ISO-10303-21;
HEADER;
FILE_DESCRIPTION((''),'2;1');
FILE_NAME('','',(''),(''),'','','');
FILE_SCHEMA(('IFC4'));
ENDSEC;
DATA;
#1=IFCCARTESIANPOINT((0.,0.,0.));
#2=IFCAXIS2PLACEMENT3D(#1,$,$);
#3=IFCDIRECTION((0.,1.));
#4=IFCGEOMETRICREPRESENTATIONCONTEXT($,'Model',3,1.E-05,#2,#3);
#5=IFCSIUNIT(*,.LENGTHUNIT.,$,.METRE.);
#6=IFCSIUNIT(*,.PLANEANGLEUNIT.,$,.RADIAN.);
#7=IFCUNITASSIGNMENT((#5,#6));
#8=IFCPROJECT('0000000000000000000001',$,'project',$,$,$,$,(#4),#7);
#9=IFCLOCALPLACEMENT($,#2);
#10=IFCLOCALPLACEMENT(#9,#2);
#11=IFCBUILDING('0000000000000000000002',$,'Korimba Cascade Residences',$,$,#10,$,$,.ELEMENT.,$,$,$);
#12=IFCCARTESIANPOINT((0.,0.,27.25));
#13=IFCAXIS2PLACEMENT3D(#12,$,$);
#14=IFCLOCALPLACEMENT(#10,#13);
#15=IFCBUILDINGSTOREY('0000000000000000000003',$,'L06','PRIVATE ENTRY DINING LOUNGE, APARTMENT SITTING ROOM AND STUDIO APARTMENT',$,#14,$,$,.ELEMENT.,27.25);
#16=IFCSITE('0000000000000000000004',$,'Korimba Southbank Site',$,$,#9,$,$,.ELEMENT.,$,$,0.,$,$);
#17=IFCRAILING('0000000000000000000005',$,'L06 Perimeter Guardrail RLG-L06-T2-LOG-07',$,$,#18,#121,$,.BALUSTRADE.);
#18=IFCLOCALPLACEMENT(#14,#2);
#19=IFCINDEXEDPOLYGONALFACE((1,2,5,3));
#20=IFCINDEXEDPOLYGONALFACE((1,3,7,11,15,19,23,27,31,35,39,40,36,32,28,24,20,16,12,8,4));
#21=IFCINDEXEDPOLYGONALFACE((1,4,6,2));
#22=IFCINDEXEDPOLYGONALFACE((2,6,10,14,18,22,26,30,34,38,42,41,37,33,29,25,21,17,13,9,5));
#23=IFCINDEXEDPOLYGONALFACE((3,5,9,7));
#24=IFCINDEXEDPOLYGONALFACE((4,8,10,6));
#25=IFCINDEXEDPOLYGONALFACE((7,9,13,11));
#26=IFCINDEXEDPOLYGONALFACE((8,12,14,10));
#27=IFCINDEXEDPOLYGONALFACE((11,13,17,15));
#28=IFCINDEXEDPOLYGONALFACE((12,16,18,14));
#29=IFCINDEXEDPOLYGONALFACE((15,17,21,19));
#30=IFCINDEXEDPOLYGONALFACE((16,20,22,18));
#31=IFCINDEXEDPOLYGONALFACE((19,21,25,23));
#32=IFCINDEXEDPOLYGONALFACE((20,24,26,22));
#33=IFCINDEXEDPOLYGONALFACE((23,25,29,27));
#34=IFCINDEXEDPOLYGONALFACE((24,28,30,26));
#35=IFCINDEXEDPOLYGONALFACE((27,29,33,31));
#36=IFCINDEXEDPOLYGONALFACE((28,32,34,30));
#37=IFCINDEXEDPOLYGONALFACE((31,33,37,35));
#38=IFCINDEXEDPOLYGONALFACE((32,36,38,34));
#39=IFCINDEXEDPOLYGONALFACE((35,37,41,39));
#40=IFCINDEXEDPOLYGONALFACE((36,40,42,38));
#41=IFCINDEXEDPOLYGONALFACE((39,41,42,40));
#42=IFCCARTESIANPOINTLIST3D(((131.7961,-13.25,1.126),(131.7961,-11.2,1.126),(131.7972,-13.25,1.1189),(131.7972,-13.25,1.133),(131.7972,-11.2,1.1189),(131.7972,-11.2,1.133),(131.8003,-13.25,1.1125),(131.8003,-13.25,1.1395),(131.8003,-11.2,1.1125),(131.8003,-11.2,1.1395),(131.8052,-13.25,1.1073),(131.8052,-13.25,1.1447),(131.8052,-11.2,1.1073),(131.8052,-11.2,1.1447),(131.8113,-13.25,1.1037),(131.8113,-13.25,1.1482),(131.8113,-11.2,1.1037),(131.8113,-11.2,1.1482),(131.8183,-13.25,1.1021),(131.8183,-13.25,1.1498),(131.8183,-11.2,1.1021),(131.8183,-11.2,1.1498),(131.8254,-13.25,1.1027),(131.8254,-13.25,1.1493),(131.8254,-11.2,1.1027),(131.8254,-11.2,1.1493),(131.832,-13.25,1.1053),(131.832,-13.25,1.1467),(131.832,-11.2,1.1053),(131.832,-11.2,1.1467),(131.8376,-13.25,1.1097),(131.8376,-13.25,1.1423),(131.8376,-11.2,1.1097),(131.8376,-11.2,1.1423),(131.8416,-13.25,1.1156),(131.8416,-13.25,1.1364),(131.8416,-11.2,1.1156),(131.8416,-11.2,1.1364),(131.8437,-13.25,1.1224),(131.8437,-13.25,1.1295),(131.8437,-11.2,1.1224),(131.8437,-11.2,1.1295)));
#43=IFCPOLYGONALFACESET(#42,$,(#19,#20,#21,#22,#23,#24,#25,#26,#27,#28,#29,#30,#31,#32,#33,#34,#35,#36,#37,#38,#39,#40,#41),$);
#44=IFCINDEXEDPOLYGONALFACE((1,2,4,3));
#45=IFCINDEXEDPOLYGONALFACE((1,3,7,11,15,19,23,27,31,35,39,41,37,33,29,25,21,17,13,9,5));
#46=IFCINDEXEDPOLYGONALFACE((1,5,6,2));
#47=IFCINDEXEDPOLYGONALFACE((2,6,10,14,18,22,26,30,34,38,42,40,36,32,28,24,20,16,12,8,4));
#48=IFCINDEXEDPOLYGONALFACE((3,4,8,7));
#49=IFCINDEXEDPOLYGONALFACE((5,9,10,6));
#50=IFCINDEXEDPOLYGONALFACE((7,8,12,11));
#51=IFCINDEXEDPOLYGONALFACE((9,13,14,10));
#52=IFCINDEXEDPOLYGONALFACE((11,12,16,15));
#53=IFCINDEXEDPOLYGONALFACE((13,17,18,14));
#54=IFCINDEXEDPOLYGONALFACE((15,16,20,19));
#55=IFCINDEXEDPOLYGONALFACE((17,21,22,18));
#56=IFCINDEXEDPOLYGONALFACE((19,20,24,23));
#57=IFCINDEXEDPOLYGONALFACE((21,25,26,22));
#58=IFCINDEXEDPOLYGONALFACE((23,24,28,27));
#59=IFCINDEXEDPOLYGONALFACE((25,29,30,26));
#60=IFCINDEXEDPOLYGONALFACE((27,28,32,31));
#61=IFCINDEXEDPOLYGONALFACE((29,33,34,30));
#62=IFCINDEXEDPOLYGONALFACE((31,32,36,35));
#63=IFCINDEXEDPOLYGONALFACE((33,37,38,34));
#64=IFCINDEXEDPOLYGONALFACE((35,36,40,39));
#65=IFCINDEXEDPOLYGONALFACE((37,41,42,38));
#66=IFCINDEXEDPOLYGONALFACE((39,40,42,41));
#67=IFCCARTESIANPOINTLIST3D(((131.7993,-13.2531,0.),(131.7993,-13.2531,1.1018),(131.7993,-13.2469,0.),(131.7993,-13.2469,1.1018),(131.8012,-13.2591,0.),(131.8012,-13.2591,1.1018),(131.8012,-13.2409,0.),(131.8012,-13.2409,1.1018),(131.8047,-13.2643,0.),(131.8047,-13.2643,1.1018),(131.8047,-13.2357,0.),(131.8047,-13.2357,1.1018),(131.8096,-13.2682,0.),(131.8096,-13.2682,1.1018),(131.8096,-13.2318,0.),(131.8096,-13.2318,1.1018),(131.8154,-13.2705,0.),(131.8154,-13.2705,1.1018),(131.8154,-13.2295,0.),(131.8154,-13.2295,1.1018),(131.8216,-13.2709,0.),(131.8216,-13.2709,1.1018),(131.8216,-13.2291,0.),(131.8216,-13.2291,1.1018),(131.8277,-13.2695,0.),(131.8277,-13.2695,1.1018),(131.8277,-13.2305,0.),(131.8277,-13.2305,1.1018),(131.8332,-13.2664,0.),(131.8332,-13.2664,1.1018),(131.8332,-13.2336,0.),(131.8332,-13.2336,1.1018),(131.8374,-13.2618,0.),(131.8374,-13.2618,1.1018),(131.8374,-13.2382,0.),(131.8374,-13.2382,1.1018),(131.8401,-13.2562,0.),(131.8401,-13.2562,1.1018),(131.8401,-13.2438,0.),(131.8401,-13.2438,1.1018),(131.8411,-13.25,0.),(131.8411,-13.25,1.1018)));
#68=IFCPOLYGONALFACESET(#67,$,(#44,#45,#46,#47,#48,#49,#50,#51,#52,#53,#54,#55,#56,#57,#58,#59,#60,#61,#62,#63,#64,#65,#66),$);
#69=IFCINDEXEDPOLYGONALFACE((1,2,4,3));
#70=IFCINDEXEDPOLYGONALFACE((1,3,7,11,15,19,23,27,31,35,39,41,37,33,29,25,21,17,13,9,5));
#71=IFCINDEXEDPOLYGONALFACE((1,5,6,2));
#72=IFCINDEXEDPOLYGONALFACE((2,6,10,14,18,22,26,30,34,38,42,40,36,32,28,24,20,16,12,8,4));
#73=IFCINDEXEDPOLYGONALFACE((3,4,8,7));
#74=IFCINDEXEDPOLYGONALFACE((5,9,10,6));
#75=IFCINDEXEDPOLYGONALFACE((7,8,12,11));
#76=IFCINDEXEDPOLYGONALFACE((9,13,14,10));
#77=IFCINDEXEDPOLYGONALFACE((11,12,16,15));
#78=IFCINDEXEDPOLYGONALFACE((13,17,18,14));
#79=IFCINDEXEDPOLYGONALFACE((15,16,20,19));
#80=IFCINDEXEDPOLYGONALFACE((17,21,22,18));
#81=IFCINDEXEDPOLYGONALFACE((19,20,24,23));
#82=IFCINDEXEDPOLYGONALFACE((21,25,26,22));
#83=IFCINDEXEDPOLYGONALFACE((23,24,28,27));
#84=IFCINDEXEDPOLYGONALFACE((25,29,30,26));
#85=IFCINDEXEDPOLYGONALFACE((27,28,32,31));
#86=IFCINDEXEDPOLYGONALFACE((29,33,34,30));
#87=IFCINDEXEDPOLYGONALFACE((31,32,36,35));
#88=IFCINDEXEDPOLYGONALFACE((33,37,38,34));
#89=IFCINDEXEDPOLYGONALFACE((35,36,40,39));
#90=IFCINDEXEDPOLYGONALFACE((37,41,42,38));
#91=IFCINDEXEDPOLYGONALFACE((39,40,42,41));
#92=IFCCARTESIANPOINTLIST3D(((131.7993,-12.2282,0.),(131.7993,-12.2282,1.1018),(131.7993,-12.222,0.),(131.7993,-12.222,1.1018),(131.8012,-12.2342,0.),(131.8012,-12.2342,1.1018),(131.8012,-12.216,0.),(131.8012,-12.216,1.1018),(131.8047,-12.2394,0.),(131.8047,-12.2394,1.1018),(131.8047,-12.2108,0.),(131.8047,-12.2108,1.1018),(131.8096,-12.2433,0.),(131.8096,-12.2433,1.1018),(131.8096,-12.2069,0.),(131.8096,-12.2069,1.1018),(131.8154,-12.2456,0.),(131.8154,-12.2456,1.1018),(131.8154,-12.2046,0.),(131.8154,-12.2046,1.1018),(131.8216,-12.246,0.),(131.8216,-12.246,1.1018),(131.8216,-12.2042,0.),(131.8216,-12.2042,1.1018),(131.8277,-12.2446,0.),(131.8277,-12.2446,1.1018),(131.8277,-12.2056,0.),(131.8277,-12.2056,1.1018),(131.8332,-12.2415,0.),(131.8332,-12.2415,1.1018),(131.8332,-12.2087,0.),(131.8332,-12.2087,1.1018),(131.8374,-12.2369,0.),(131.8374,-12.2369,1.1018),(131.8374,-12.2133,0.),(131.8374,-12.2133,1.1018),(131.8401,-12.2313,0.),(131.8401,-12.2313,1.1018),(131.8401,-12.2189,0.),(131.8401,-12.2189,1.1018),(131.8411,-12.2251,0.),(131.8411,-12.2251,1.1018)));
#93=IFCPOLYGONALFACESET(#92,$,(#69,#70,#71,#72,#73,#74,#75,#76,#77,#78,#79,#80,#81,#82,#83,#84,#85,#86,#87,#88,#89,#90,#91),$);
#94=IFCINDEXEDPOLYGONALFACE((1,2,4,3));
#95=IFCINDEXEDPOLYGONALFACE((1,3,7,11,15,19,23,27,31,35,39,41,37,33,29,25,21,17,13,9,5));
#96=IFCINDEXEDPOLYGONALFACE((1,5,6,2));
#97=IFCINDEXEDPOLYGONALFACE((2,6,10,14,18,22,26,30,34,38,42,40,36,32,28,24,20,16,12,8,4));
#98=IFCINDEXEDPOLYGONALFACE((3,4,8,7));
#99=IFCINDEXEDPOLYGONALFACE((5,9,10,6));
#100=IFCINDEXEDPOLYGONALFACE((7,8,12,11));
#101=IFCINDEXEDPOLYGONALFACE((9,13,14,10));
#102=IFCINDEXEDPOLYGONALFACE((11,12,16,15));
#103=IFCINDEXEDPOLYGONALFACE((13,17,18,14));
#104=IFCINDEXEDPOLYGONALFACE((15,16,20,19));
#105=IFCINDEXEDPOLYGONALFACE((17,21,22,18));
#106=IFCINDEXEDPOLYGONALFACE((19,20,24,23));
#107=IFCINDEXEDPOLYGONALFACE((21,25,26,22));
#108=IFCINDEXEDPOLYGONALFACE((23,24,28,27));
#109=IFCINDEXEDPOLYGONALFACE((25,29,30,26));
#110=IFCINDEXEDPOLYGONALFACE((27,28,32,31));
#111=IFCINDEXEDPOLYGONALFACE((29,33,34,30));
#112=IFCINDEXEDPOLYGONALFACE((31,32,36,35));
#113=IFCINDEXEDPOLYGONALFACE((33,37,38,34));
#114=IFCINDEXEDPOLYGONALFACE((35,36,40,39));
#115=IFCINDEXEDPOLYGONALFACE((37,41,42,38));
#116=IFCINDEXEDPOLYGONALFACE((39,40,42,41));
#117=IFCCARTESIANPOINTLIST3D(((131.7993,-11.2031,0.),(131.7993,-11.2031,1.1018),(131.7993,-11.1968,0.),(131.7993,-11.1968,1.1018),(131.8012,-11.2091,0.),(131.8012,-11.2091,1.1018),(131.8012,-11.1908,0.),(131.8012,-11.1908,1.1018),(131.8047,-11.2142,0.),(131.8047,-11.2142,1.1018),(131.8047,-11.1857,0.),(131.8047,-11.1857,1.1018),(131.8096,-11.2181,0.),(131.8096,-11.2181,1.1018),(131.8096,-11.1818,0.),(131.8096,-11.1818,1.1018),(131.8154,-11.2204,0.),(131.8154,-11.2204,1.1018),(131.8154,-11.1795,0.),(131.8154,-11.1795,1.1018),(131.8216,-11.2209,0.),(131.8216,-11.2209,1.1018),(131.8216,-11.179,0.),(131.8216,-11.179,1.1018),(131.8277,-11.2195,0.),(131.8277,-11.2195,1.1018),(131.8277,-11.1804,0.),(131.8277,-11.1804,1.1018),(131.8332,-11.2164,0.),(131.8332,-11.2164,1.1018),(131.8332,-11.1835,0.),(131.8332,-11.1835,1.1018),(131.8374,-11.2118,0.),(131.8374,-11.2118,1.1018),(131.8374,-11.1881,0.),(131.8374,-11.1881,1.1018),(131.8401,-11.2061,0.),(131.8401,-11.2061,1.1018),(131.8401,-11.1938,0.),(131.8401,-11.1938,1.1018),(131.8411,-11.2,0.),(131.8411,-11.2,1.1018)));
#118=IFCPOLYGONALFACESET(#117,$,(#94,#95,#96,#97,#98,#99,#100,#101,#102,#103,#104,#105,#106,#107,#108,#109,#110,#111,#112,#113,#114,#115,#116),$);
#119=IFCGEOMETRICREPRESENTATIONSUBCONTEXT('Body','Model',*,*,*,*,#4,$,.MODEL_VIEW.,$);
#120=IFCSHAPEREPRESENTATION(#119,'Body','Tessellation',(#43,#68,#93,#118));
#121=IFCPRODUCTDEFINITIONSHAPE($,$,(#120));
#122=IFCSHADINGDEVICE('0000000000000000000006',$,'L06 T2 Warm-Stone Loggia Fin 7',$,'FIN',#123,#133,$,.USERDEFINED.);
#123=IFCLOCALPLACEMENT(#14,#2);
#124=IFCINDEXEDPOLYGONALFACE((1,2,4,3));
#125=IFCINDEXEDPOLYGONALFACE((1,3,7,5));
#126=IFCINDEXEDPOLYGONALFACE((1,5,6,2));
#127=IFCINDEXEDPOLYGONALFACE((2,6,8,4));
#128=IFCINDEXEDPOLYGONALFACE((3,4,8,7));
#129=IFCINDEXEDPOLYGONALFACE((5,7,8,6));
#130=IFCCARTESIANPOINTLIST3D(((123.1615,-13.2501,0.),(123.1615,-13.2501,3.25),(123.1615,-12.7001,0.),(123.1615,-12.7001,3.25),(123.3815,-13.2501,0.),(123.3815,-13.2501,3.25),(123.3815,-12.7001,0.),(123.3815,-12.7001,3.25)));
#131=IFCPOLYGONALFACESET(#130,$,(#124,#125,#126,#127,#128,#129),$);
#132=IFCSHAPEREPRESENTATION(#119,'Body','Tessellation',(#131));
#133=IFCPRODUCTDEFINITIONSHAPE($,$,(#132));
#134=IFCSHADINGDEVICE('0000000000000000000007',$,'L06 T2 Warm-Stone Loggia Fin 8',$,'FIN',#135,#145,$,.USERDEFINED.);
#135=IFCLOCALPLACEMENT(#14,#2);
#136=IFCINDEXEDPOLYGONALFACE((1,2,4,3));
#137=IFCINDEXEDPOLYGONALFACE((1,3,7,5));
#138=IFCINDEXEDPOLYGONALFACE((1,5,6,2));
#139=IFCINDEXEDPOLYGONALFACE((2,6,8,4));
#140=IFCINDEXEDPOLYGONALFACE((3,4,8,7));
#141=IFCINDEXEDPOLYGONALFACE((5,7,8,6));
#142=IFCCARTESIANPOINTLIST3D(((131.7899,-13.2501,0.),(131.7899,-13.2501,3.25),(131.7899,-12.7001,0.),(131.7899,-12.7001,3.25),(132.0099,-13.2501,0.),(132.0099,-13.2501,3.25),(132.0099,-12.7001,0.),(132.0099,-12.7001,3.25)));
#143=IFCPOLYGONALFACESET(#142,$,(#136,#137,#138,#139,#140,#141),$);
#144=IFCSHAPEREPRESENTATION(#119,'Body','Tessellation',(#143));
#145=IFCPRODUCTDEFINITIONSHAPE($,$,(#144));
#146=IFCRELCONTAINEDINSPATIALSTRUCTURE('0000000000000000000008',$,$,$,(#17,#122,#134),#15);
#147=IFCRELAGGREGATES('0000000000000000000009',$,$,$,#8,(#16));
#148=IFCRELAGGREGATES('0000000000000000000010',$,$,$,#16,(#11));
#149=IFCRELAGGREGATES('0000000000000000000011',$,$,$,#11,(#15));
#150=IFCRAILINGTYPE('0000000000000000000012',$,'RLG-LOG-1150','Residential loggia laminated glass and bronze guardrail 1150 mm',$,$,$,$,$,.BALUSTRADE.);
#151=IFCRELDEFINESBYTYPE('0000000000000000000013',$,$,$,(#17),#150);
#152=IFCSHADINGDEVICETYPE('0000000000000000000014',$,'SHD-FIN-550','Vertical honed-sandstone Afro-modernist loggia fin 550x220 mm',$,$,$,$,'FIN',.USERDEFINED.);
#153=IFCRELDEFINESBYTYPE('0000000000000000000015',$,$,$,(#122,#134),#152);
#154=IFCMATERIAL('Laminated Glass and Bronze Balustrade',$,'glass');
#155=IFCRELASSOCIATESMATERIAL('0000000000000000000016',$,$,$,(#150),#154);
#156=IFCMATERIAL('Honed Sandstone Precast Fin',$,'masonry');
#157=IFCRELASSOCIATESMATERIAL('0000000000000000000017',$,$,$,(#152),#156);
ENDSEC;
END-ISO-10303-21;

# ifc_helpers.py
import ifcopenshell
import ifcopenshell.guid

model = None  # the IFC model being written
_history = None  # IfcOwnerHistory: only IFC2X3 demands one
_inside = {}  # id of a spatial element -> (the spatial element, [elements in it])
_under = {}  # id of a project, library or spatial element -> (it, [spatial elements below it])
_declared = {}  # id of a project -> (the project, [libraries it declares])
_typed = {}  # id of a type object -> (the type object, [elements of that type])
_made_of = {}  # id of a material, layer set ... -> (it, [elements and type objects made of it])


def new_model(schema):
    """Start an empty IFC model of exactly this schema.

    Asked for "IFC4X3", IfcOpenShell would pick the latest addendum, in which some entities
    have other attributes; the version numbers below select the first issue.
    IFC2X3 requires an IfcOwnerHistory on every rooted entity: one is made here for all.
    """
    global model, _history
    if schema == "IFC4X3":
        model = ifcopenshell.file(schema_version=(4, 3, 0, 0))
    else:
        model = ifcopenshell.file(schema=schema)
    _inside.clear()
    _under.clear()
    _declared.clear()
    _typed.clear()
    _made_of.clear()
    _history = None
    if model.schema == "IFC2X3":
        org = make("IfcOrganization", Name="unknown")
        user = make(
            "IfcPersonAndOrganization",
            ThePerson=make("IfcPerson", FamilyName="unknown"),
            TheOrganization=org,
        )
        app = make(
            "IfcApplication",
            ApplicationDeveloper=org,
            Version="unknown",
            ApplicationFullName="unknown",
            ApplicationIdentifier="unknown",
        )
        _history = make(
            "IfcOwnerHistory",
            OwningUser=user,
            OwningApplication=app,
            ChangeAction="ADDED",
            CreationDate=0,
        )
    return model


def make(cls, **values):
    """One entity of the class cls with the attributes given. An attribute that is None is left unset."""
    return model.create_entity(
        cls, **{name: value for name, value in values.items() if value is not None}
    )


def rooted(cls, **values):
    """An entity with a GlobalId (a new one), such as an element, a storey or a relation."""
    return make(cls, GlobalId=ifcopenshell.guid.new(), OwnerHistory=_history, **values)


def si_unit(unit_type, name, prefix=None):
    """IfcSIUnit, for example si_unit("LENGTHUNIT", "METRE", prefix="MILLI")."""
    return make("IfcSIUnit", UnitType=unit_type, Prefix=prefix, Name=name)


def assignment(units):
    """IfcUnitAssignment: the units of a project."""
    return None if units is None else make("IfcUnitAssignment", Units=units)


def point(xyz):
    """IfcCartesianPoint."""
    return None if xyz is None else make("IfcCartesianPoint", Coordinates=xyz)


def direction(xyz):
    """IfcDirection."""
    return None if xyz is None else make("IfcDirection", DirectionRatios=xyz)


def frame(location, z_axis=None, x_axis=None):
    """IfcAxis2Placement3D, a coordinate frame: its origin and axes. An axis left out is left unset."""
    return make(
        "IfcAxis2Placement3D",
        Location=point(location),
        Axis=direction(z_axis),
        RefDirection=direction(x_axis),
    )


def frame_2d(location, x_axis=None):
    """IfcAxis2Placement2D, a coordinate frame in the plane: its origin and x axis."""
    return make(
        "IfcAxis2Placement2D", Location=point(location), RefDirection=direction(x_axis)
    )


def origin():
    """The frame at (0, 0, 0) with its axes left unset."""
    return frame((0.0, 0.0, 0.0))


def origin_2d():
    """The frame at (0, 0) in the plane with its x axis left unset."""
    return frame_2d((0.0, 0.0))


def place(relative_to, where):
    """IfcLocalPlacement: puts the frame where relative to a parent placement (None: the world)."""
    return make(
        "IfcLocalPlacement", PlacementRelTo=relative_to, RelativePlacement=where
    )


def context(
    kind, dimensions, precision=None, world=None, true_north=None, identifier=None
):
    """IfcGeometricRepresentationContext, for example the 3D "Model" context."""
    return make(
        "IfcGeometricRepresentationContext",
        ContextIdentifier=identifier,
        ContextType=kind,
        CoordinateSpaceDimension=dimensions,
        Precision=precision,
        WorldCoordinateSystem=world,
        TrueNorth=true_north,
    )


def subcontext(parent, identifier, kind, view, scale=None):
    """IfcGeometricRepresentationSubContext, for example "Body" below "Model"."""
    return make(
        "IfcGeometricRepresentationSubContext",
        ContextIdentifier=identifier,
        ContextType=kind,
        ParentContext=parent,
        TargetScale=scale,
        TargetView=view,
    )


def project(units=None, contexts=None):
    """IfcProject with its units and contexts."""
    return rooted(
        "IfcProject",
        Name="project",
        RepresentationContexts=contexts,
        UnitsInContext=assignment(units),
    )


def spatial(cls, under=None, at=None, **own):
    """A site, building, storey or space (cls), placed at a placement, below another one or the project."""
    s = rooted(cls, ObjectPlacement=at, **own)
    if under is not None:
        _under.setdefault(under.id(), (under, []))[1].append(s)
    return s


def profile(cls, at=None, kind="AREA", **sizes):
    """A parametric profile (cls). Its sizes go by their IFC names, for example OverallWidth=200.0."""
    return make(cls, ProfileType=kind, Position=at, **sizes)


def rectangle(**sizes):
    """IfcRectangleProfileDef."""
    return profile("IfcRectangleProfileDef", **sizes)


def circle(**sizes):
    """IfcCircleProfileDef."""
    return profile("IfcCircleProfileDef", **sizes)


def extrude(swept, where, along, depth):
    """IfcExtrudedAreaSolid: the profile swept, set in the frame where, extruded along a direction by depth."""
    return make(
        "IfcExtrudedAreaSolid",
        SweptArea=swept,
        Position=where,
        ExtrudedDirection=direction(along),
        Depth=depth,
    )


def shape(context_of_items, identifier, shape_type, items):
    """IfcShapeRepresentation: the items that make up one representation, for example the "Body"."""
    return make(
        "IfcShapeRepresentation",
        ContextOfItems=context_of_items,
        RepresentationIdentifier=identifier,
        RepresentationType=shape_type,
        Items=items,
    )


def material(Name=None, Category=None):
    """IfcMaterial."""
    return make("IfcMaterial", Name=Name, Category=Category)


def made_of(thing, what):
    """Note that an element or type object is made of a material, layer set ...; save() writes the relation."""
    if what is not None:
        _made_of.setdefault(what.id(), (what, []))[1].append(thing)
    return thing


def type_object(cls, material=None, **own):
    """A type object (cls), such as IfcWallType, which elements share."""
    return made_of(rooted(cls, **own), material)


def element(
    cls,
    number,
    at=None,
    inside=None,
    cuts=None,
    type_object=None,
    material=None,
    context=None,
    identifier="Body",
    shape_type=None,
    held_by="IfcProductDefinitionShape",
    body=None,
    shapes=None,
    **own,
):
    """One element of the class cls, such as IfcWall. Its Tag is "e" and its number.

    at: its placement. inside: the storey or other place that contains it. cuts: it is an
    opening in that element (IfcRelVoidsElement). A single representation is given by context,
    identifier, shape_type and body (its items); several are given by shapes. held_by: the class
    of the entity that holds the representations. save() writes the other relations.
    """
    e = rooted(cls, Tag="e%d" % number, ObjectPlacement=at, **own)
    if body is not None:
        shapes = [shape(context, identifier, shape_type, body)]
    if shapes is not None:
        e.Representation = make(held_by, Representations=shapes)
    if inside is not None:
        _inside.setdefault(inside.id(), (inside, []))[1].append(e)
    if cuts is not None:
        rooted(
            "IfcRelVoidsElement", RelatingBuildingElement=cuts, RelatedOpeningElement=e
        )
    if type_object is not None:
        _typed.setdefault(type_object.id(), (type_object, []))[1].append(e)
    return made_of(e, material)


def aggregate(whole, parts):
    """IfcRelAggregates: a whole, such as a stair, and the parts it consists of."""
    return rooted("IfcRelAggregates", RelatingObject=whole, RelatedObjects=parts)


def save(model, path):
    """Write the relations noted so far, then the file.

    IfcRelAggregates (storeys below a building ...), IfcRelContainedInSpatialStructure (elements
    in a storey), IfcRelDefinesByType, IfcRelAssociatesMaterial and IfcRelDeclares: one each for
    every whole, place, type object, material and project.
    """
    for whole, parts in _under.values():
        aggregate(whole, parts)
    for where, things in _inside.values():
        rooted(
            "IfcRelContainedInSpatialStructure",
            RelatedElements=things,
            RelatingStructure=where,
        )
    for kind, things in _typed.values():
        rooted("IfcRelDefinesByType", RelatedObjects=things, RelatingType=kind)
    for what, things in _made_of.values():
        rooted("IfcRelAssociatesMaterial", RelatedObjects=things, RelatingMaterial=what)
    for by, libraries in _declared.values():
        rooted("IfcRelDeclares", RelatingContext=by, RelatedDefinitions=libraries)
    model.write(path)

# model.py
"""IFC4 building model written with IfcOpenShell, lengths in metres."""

from ifc_helpers import new_model, si_unit, direction, frame, origin, origin_2d, place, context, subcontext, project, spatial, rectangle, circle, extrude, material, type_object, element, save


model = new_model("IFC4")

# Units and contexts
model_context = context("Model", 3, precision=1e-05, world=origin(), true_north=direction((0.0, 1.0)))
body_context = subcontext(model_context, "Body", "Model", "MODEL_VIEW")
ifc_project = project(units=[si_unit("LENGTHUNIT", "METRE"), si_unit("PLANEANGLEUNIT", "RADIAN")], contexts=[model_context])

# Site, building, storey
site_placement = place(None, origin())
site = spatial("IfcSite", under=ifc_project, at=site_placement, Name="Korimba Southbank Site", CompositionType="ELEMENT", RefElevation=0.0)
building_placement = place(site_placement, origin())
building = spatial("IfcBuilding", under=site, at=building_placement, Name="Korimba Cascade Residences", CompositionType="ELEMENT")
storey_placement = place(building_placement, frame((0.0, 0.0, 27.25)))
storey = spatial("IfcBuildingStorey", under=building, at=storey_placement, Name="L06", Description="PRIVATE ENTRY DINING LOUNGE, APARTMENT SITTING ROOM AND STUDIO APARTMENT", CompositionType="ELEMENT", Elevation=27.25)

# Railing
ifc_material_1 = material(Name="Laminated Glass and Bronze Balustrade", Category="glass")
railing_type = type_object("IfcRailingType", Name="RLG-LOG-1150", Description="Residential loggia laminated glass and bronze guardrail 1150 mm", PredefinedType="BALUSTRADE", material=ifc_material_1)
railing_1_placement = place(storey_placement, frame((131.8201, -13.25, 0.0)))
element("IfcRailing", 1, at=railing_1_placement, inside=storey, type_object=railing_type, Name="L06 Perimeter Guardrail RLG-L06-T2-LOG-07", PredefinedType="BALUSTRADE", context=body_context, shape_type="SweptSolid", body=[
    extrude(circle(Radius=0.0239, at=origin_2d()), frame((0.0, 0.0, 1.126), z_axis=(0.0, 1.0, 0.0), x_axis=(-1.0, 0.0, 0.0)), (0.0, 0.0, 1.0), 2.05),
    extrude(circle(Radius=0.021, at=origin_2d()), origin(), (0.0, 0.0, 1.0), 1.1018),
    extrude(circle(Radius=0.021, at=origin_2d()), frame((0.0, 1.0249, 0.0)), (0.0, 0.0, 1.0), 1.1018),
    extrude(circle(Radius=0.021, at=origin_2d()), frame((0.0, 2.05, 0.0)), (0.0, 0.0, 1.0), 1.1018),
])

# Shading devices
ifc_material_2 = material(Name="Honed Sandstone Precast Fin", Category="masonry")
shading_device_type = type_object("IfcShadingDeviceType", Name="SHD-FIN-550", Description="Vertical honed-sandstone Afro-modernist loggia fin 550x220 mm", ElementType="FIN", PredefinedType="USERDEFINED", material=ifc_material_2)
for number, where, z_axis, x_axis, name in (
    (2, (123.2715, -12.9751, 0.0), (0.0, 0.0, 1.0), (1.0, 0.0, 0.0), "L06 T2 Warm-Stone Loggia Fin 7"),
    (3, (131.8999, -12.9751, 0.0), (0.0, 0.0, 1.0), (1.0, 0.0, 0.0), "L06 T2 Warm-Stone Loggia Fin 8"),
):
    element("IfcShadingDevice", number, at=place(storey_placement, frame(where, z_axis=z_axis, x_axis=x_axis)), inside=storey, type_object=shading_device_type, Name=name, ObjectType="FIN", PredefinedType="USERDEFINED", context=body_context, shape_type="SweptSolid", body=[
        extrude(rectangle(XDim=0.22, YDim=0.55, at=origin_2d()), origin(), (0.0, 0.0, 1.0), 3.25),
    ])

save(model, "model.ifc")
